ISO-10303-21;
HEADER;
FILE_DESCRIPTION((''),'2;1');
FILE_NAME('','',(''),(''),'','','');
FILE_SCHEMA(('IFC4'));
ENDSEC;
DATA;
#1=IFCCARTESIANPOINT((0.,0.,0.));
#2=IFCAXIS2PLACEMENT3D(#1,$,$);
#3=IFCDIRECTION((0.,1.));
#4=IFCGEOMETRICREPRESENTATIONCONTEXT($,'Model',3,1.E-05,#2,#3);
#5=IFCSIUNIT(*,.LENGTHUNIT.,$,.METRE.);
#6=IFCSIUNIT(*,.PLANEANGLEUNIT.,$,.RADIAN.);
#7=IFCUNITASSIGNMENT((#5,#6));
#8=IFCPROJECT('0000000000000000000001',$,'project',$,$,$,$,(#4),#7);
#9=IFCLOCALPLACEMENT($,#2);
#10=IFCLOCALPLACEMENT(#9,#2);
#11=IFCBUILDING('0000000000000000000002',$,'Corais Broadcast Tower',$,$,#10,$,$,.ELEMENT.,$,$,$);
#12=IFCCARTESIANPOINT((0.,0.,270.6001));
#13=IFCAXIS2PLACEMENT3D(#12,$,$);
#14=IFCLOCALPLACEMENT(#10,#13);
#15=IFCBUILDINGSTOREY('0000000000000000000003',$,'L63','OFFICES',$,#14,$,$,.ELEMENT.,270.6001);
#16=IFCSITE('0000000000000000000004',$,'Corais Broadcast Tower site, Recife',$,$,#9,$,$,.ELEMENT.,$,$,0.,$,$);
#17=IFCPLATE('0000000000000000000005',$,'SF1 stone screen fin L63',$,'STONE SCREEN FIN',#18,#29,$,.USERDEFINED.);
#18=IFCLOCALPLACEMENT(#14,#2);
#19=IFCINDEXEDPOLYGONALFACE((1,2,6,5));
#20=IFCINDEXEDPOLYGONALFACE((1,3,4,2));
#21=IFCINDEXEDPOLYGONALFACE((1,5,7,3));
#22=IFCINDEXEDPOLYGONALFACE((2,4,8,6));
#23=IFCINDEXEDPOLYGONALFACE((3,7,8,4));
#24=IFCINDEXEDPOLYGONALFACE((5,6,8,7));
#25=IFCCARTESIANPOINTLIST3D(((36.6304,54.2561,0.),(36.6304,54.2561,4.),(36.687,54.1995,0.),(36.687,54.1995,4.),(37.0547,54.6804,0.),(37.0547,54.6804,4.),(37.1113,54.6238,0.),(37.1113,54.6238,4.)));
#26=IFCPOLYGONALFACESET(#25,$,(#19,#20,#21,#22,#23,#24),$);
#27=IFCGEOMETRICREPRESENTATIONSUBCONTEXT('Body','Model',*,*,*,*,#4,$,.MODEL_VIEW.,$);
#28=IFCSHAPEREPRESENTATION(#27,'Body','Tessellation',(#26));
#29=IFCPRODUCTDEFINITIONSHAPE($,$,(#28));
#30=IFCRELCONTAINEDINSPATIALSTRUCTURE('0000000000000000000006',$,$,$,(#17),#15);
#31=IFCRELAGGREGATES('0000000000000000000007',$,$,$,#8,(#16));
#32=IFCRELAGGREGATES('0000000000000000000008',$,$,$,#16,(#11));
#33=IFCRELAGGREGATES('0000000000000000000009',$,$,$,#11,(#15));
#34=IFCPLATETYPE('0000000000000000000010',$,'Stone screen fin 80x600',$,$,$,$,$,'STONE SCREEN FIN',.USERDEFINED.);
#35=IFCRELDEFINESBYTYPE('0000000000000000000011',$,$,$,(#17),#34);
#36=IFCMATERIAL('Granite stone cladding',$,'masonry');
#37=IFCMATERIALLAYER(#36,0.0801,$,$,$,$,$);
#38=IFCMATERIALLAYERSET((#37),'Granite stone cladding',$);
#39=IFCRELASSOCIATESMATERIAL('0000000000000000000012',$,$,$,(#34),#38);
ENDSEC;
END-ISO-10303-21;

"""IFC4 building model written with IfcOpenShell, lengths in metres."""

from ifc_helpers import new_model, si_unit, direction, frame, origin, origin_2d, place, context, subcontext, project, spatial, rectangle, extrude, material, layer, layer_set, type_object, element, save


model = new_model("IFC4")

# Units and contexts
model_context = context("Model", 3, precision=1e-05, world=origin(), true_north=direction((0.0, 1.0)))
body_context = subcontext(model_context, "Body", "Model", "MODEL_VIEW")
ifc_project = project(units=[si_unit("LENGTHUNIT", "METRE"), si_unit("PLANEANGLEUNIT", "RADIAN")], contexts=[model_context])

# Site, building, storey
site_placement = place(None, origin())
site = spatial("IfcSite", under=ifc_project, at=site_placement, Name="Corais Broadcast Tower site, Recife", CompositionType="ELEMENT", RefElevation=0.0)
building_placement = place(site_placement, origin())
building = spatial("IfcBuilding", under=site, at=building_placement, Name="Corais Broadcast Tower", CompositionType="ELEMENT")
storey_placement = place(building_placement, frame((0.0, 0.0, 270.6001)))
storey = spatial("IfcBuildingStorey", under=building, at=storey_placement, Name="L63", Description="OFFICES", CompositionType="ELEMENT", Elevation=270.6001)

# Plate
ifc_material_1 = material(Name="Granite stone cladding", Category="masonry")
ifc_layer_1 = layer(ifc_material_1, 0.0801)
ifc_layer_set_1 = layer_set([ifc_layer_1], Name="Granite stone cladding")
plate_type_1 = type_object("IfcPlateType", Name="Stone screen fin 80x600", ElementType="STONE SCREEN FIN", PredefinedType="USERDEFINED", material=ifc_layer_set_1)
plate_1_placement = place(storey_placement, frame((36.8708, 54.4399, 0.0), z_axis=(0.0, 0.0, 1.0), x_axis=(0.707107, -0.707107, 0.0)))
element("IfcPlate", 1, at=plate_1_placement, inside=storey, type_object=plate_type_1, Name="SF1 stone screen fin L63", ObjectType="STONE SCREEN FIN", PredefinedType="USERDEFINED", context=body_context, shape_type="SweptSolid", body=[
    extrude(rectangle(XDim=0.0801, YDim=0.6001, at=origin_2d()), origin(), (0.0, 0.0, 1.0), 4.0),
])

save(model, "model.ifc")
